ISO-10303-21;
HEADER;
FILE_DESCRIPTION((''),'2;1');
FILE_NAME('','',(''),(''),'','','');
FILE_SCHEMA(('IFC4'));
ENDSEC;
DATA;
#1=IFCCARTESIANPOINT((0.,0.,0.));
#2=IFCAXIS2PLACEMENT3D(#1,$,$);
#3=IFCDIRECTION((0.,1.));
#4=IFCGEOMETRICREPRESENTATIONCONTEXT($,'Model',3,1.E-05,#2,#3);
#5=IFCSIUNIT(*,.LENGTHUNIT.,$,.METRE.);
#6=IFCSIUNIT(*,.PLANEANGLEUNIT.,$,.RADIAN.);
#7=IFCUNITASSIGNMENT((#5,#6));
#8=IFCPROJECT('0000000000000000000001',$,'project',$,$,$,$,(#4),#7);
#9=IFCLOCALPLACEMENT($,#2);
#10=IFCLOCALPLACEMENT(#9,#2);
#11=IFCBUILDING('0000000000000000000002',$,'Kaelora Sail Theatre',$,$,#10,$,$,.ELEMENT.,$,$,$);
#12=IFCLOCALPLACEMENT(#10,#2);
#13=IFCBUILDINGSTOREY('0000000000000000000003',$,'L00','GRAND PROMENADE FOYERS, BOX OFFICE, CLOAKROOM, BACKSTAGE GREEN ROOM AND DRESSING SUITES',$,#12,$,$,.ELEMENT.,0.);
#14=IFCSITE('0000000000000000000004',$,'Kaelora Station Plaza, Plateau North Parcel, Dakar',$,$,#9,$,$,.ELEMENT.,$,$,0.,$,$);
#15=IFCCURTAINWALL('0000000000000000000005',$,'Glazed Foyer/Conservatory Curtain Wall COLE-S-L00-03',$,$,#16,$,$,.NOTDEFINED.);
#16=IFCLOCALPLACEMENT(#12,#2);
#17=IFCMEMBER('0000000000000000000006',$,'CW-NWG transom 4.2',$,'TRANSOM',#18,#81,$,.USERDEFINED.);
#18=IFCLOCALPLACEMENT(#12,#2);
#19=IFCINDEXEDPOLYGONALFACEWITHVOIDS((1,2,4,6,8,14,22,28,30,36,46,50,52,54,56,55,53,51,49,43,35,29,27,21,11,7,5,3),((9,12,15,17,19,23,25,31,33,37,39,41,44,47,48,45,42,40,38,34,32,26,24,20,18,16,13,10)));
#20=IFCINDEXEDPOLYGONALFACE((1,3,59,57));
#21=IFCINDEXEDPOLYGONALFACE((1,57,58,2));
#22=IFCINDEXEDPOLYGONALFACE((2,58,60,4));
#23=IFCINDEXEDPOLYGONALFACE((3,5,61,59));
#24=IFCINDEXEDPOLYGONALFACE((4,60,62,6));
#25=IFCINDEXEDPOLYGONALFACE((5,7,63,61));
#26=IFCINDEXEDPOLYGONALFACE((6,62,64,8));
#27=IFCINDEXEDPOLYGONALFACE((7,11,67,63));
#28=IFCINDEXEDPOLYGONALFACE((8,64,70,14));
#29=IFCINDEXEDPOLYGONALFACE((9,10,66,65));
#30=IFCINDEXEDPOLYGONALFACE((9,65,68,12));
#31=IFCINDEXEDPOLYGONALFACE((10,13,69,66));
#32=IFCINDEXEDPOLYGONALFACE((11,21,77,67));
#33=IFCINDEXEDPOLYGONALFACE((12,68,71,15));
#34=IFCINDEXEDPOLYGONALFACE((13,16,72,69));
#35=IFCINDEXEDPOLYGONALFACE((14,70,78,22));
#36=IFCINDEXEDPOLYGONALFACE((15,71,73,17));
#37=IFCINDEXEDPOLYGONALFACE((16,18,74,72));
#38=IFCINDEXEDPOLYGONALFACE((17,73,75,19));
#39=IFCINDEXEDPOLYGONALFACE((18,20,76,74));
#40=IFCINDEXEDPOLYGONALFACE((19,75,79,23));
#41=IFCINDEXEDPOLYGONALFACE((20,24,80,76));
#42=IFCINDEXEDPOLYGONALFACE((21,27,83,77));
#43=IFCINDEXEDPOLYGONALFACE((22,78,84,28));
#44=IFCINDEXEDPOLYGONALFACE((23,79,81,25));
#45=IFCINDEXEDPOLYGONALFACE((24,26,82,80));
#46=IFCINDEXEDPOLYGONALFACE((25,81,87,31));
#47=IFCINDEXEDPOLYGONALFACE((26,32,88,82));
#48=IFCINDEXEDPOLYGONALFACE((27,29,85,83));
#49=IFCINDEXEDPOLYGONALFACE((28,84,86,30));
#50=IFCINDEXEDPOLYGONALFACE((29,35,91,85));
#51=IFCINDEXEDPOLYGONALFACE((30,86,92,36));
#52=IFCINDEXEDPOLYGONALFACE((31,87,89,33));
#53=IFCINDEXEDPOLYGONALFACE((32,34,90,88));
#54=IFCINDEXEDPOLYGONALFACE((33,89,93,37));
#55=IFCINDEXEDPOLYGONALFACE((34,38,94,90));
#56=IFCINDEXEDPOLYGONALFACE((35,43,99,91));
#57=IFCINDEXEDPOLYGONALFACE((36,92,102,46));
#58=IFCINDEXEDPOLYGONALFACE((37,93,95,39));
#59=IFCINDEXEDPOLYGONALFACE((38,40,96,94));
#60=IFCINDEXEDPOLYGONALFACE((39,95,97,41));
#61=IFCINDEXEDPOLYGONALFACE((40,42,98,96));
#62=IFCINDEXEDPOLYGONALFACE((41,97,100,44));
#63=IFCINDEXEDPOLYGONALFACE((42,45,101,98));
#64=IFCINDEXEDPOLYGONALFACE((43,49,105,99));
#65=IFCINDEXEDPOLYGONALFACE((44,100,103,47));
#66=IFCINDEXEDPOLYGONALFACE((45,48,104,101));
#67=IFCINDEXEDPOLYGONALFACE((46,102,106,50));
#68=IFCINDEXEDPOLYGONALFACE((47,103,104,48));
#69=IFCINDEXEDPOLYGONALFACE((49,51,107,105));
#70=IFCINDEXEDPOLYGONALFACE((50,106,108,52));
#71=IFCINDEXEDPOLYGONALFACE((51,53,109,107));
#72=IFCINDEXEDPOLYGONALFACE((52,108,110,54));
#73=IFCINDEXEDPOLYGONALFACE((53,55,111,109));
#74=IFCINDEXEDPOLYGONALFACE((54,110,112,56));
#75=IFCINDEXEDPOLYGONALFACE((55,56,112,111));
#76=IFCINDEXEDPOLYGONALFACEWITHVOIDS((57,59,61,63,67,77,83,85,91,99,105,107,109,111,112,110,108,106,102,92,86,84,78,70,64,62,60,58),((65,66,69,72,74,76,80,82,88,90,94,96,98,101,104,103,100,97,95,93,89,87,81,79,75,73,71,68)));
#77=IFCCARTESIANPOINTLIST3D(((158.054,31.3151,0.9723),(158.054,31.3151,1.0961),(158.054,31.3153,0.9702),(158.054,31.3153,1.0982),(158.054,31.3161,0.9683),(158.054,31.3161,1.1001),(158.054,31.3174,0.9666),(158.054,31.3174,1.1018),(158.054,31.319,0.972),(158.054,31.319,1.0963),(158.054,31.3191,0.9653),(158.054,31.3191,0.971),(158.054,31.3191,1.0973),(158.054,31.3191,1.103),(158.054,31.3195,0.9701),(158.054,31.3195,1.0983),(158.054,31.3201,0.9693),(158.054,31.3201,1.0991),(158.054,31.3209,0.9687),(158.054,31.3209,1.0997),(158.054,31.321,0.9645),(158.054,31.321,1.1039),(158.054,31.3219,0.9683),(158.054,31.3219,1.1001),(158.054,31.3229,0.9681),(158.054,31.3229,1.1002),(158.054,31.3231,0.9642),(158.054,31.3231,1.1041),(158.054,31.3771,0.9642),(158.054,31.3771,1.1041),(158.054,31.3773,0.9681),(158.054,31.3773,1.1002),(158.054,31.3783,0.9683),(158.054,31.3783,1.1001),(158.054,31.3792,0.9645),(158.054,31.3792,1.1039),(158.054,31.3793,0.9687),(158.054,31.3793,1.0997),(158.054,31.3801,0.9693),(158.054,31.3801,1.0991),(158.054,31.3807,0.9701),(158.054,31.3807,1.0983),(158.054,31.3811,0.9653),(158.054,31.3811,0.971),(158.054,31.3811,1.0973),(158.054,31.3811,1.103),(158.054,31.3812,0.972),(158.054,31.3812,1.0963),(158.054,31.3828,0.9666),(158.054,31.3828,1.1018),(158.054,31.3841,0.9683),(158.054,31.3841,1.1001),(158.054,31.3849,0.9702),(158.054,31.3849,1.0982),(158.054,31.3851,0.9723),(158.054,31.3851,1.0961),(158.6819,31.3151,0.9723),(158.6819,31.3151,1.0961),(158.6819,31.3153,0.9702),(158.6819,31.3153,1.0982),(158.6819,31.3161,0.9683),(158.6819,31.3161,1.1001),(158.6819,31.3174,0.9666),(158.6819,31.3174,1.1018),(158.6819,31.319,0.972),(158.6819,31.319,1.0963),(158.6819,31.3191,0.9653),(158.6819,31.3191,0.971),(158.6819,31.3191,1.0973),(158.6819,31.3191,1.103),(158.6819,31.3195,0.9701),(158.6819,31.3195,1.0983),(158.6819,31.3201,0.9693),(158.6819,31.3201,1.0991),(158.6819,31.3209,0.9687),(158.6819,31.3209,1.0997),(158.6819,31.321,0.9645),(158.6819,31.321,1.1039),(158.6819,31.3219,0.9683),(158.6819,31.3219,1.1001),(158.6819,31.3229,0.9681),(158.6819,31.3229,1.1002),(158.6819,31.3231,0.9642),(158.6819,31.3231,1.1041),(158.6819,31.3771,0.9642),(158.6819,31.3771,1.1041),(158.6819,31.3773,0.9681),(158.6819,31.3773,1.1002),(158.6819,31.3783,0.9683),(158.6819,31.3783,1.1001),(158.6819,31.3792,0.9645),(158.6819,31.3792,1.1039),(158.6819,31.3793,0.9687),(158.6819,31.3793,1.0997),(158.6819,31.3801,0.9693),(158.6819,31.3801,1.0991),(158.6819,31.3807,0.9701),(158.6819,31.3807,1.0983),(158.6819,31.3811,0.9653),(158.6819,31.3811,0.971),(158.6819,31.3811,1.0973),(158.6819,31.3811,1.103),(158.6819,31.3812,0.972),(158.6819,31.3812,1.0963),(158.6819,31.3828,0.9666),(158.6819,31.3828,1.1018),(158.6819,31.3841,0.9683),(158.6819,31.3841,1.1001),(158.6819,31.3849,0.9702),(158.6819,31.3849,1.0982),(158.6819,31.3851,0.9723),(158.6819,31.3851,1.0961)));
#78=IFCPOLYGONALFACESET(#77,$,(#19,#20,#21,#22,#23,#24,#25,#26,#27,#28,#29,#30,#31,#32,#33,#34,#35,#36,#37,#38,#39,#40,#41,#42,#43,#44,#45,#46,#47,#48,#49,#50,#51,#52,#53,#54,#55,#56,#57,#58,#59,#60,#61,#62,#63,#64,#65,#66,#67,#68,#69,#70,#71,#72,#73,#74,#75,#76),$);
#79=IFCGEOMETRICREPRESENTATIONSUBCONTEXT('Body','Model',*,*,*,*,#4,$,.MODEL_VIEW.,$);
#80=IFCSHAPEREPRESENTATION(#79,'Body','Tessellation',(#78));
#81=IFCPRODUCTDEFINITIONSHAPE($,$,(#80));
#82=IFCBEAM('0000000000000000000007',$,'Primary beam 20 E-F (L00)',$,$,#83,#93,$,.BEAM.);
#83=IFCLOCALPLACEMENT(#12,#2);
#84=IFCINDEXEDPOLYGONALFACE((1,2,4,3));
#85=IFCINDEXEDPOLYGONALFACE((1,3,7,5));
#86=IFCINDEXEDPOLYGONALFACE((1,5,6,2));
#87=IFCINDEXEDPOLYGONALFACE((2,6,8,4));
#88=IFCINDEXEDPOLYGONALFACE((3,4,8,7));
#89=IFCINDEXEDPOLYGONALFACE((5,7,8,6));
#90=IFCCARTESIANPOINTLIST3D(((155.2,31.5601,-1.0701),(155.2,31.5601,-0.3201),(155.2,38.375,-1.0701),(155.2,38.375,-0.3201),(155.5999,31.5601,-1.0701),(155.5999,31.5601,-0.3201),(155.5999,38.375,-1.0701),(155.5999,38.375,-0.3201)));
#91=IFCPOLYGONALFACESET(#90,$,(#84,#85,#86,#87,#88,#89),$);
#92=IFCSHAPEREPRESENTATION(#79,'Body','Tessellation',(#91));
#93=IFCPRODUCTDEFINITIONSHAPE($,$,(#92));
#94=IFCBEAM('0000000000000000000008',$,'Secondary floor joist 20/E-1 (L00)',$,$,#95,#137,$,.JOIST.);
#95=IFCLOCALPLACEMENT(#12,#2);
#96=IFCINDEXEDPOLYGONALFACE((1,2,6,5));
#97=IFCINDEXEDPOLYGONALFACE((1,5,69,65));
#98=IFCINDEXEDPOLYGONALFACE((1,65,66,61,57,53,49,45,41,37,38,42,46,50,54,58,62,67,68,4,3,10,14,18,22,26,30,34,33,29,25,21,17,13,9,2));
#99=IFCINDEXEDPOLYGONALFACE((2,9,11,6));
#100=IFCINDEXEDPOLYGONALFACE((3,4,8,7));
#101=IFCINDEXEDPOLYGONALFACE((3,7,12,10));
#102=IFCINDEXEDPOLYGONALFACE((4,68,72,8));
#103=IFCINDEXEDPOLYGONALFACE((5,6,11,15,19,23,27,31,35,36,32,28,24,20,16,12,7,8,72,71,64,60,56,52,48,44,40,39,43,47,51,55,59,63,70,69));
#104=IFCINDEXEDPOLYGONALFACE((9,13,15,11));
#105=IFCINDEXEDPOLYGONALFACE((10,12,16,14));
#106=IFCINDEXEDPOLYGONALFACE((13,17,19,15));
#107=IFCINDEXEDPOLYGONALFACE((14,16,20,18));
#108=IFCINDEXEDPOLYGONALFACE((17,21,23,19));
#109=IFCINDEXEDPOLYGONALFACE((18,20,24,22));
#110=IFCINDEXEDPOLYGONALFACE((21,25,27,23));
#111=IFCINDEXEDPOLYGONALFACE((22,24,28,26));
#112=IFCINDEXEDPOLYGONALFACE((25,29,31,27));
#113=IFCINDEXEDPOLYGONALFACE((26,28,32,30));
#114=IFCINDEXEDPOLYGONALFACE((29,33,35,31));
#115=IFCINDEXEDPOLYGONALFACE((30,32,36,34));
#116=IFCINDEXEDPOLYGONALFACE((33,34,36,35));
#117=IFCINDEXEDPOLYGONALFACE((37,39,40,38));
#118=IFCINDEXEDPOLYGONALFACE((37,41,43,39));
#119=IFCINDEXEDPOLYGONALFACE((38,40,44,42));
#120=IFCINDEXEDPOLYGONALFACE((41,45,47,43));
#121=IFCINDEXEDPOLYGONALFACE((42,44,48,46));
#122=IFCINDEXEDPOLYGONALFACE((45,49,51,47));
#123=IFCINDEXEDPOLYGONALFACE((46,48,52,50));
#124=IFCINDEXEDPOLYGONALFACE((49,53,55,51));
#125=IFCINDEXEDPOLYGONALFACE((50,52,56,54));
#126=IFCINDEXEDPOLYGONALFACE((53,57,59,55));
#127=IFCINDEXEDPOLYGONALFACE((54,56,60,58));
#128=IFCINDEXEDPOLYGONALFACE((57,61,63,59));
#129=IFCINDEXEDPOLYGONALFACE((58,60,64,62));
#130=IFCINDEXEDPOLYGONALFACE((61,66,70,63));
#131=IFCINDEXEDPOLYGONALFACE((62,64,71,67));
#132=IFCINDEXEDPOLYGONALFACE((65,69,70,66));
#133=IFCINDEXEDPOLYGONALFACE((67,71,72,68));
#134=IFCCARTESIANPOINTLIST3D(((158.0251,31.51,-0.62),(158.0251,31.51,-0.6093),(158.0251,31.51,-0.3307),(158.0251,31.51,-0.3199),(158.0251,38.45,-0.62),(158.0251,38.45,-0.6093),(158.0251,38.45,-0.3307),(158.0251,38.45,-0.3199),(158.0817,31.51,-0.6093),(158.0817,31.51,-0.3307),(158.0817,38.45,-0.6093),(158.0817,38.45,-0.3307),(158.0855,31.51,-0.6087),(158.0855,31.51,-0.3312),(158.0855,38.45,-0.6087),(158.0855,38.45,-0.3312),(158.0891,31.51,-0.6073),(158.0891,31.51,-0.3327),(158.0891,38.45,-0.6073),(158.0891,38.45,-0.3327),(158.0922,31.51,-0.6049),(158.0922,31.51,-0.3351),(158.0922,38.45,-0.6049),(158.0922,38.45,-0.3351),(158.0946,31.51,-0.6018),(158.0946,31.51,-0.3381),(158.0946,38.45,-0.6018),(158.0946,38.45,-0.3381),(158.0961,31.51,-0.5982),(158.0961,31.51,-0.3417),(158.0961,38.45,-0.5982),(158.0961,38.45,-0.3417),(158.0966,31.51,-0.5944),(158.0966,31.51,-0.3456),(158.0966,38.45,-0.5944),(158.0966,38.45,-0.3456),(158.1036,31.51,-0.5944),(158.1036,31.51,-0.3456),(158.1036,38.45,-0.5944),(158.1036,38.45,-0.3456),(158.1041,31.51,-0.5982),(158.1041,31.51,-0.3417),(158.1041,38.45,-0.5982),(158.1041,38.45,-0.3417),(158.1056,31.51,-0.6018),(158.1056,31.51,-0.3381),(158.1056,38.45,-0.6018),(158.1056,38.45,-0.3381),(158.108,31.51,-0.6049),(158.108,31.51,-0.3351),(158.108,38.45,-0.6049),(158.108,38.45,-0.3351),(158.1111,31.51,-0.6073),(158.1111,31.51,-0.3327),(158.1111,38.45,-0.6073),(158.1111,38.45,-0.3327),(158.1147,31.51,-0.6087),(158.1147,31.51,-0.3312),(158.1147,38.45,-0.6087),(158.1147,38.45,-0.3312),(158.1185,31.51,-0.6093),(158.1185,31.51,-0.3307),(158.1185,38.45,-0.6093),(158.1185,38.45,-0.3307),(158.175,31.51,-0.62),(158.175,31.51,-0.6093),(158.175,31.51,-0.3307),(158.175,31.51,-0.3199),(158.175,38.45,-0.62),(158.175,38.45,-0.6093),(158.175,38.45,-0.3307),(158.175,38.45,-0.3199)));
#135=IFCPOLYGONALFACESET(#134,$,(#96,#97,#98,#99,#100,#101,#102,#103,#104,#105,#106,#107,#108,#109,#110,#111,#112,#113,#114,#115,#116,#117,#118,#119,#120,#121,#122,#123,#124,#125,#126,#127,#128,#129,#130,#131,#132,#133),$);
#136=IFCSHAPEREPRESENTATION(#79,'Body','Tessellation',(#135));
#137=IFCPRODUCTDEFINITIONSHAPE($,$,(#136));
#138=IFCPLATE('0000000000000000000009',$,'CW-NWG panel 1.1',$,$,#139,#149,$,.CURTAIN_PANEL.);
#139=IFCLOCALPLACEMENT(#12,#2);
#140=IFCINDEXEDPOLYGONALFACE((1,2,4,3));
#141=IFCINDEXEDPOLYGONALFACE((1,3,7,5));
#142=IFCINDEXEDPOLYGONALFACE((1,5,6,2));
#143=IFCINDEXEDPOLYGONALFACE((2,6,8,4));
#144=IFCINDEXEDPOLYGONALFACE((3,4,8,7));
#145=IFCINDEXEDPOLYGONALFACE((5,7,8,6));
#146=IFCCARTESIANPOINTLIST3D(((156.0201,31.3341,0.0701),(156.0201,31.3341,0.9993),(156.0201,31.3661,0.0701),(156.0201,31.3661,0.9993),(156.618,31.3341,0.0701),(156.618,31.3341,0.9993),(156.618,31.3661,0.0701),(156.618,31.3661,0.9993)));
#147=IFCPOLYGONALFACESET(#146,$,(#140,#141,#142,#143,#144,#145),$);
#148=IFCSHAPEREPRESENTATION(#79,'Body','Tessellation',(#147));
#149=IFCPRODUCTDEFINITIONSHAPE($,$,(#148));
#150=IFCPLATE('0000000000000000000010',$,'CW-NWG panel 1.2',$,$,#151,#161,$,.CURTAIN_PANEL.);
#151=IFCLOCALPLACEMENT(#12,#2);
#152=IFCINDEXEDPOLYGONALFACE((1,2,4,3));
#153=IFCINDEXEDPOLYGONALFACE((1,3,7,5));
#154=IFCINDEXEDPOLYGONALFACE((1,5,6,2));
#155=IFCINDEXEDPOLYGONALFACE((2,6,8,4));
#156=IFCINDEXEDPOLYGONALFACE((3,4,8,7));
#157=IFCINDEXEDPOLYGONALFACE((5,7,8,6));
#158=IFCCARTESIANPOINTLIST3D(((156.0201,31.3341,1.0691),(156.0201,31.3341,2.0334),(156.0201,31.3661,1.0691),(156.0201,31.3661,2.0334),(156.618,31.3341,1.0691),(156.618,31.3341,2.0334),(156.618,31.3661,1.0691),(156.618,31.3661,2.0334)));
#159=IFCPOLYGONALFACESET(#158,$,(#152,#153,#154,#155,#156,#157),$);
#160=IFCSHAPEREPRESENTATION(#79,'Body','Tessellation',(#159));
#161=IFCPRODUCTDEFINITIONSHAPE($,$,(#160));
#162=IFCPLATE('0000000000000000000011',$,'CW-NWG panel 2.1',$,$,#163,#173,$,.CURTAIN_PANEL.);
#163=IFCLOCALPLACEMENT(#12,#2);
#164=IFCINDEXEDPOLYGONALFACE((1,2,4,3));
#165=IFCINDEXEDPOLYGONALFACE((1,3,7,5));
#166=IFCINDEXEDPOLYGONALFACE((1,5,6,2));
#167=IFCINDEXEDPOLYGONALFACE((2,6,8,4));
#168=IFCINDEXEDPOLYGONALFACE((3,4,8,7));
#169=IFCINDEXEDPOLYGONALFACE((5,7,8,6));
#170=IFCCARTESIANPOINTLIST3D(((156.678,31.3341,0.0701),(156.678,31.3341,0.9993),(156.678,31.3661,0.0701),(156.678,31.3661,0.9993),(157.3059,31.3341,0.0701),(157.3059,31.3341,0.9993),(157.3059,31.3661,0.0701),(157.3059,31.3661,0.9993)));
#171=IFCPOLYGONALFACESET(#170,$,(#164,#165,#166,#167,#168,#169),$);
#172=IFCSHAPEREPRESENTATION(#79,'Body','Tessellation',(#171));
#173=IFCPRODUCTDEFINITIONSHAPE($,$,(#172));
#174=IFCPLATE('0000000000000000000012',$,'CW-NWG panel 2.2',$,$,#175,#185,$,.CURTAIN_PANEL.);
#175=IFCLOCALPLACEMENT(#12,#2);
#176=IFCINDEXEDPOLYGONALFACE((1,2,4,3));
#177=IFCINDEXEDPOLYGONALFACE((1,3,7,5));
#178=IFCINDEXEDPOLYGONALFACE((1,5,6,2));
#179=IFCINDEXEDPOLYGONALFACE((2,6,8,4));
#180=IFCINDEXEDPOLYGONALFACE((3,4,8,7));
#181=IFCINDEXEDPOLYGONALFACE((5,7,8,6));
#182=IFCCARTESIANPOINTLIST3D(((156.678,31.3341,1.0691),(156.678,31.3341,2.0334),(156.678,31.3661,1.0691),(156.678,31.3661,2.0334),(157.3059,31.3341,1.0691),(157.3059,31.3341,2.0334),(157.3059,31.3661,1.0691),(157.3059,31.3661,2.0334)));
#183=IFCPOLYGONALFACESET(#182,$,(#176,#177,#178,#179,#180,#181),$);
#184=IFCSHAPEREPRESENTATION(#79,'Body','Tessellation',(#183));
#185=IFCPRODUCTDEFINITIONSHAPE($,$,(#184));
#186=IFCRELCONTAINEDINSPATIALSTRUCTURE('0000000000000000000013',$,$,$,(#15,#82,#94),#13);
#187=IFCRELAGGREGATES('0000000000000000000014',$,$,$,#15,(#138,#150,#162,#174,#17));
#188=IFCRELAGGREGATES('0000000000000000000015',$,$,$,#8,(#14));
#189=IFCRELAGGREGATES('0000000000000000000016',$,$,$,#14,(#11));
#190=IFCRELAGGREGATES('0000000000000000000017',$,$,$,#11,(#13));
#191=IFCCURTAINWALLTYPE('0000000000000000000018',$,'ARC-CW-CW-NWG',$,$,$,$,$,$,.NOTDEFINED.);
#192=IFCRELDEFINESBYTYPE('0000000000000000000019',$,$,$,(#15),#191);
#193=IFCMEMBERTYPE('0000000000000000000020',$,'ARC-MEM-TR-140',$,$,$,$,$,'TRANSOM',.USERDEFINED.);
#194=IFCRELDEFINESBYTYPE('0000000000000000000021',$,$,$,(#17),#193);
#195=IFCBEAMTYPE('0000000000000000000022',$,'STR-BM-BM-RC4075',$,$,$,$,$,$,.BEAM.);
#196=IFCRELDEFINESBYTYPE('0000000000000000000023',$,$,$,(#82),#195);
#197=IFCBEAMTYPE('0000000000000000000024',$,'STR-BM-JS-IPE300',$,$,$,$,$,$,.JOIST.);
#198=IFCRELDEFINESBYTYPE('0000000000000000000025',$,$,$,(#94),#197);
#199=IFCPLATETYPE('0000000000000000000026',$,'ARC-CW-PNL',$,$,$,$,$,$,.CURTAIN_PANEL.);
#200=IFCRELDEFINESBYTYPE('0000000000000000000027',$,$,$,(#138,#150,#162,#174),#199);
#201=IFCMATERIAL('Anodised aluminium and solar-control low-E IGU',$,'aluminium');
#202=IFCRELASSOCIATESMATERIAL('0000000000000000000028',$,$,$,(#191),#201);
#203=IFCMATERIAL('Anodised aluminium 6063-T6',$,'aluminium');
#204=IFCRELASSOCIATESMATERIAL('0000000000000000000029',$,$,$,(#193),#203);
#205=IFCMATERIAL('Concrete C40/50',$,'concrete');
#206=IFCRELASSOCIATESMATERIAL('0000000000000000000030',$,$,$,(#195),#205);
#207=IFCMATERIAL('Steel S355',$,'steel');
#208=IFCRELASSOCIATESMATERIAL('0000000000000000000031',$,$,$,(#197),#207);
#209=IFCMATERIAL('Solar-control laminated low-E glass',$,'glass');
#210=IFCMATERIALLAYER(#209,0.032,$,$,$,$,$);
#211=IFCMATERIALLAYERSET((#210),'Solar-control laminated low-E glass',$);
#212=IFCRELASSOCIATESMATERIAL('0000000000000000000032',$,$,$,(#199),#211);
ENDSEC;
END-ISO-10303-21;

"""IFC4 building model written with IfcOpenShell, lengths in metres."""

from ifc_helpers import new_model, si_unit, direction, frame, origin, origin_2d, place, context, subcontext, project, spatial, rectangle, hollow_rectangle, i_section, extrude, material, layer, layer_set, material_profile, profile_set, type_object, element, aggregate, save


model = new_model("IFC4")

# Units and contexts
model_context = context("Model", 3, precision=1e-05, world=origin(), true_north=direction((0.0, 1.0)))
body_context = subcontext(model_context, "Body", "Model", "MODEL_VIEW")
ifc_project = project(units=[si_unit("LENGTHUNIT", "METRE"), si_unit("PLANEANGLEUNIT", "RADIAN")], contexts=[model_context])

# Site, building, storey
site_placement = place(None, origin())
site = spatial("IfcSite", under=ifc_project, at=site_placement, Name="Kaelora Station Plaza, Plateau North Parcel, Dakar", CompositionType="ELEMENT", RefElevation=0.0)
building_placement = place(site_placement, origin())
building = spatial("IfcBuilding", under=site, at=building_placement, Name="Kaelora Sail Theatre", CompositionType="ELEMENT")
storey_placement = place(building_placement, origin())
storey = spatial("IfcBuildingStorey", under=building, at=storey_placement, Name="L00", Description="GRAND PROMENADE FOYERS, BOX OFFICE, CLOAKROOM, BACKSTAGE GREEN ROOM AND DRESSING SUITES", CompositionType="ELEMENT", Elevation=0.0)

# Shared definitions
ifc_material_1 = material(Name="Anodised aluminium and solar-control low-E IGU", Category="aluminium")
curtain_wall_type = type_object("IfcCurtainWallType", Name="ARC-CW-CW-NWG", PredefinedType="NOTDEFINED", material=ifc_material_1)

# Curtain wall, member
curtain_wall_1_placement = place(storey_placement, origin())
curtain_wall_1 = element("IfcCurtainWall", 1, at=curtain_wall_1_placement, inside=storey, type_object=curtain_wall_type, Name="Glazed Foyer/Conservatory Curtain Wall COLE-S-L00-03", PredefinedType="NOTDEFINED")
ifc_material_2 = material(Name="Anodised aluminium 6063-T6", Category="aluminium")
ifc_material_profile_1 = material_profile(ifc_material_2, hollow_rectangle(XDim=0.0701, YDim=0.1399, WallThickness=0.0039, InnerFilletRadius=0.0039, OuterFilletRadius=0.0081, at=origin_2d()), Name="ALU-TRAN 70x140x4")
ifc_profile_set_1 = profile_set([ifc_material_profile_1], Name="Anodised aluminium 6063-T6")
member_type_1 = type_object("IfcMemberType", Name="ARC-MEM-TR-140", ElementType="TRANSOM", PredefinedType="USERDEFINED", material=ifc_profile_set_1)
member_1_placement = place(storey_placement, frame((158.054, 31.3501, 1.0342), z_axis=(1.0, 0.0, 0.0), x_axis=(0.0, 1.0, 0.0)))
member_1 = element("IfcMember", 2, at=member_1_placement, type_object=member_type_1, Name="CW-NWG transom 4.2", ObjectType="TRANSOM", PredefinedType="USERDEFINED", context=body_context, shape_type="SweptSolid", body=[
    extrude(hollow_rectangle(XDim=0.0701, YDim=0.1399, WallThickness=0.0039, InnerFilletRadius=0.0039, OuterFilletRadius=0.0081, at=origin_2d()), origin(), (0.0, 0.0, 1.0), 0.6279),
])

# Beams
ifc_material_3 = material(Name="Concrete C40/50", Category="concrete")
ifc_material_profile_2 = material_profile(ifc_material_3, rectangle(XDim=0.3999, YDim=0.75, at=origin_2d()), Name="RC-BM 400x750")
ifc_profile_set_2 = profile_set([ifc_material_profile_2], Name="Concrete C40/50")
beam_type_1 = type_object("IfcBeamType", Name="STR-BM-BM-RC4075", PredefinedType="BEAM", material=ifc_profile_set_2)
beam_1_placement = place(storey_placement, frame((155.3999, 31.5601, -0.6951), z_axis=(0.0, 1.0, 0.0), x_axis=(-1.0, 0.0, 0.0)))
element("IfcBeam", 3, at=beam_1_placement, inside=storey, type_object=beam_type_1, Name="Primary beam 20 E-F (L00)", PredefinedType="BEAM", context=body_context, shape_type="SweptSolid", body=[
    extrude(rectangle(XDim=0.3999, YDim=0.75, at=origin_2d()), origin(), (0.0, 0.0, 1.0), 6.8149),
])
ifc_material_4 = material(Name="Steel S355", Category="steel")
ifc_material_profile_3 = material_profile(ifc_material_4, i_section(OverallWidth=0.1499, OverallDepth=0.3, WebThickness=0.0071, FlangeThickness=0.0107, FilletRadius=0.0149, at=origin_2d()), Name="IPE 300")
ifc_profile_set_3 = profile_set([ifc_material_profile_3], Name="Steel S355")
beam_type_2 = type_object("IfcBeamType", Name="STR-BM-JS-IPE300", PredefinedType="JOIST", material=ifc_profile_set_3)
beam_2_placement = place(storey_placement, frame((158.1001, 31.51, -0.47), z_axis=(0.0, 1.0, 0.0), x_axis=(-1.0, 0.0, 0.0)))
element("IfcBeam", 4, at=beam_2_placement, inside=storey, type_object=beam_type_2, Name="Secondary floor joist 20/E-1 (L00)", PredefinedType="JOIST", context=body_context, shape_type="SweptSolid", body=[
    extrude(i_section(OverallWidth=0.1499, OverallDepth=0.3, WebThickness=0.0071, FlangeThickness=0.0107, FilletRadius=0.0149, at=origin_2d()), origin(), (0.0, 0.0, 1.0), 6.9399),
])

# Plates
ifc_material_5 = material(Name="Solar-control laminated low-E glass", Category="glass")
ifc_layer = layer(ifc_material_5, 0.032)
ifc_layer_set = layer_set([ifc_layer], Name="Solar-control laminated low-E glass")
plate_type = type_object("IfcPlateType", Name="ARC-CW-PNL", PredefinedType="CURTAIN_PANEL", material=ifc_layer_set)
plate_1_placement = place(storey_placement, frame((156.3191, 31.3501, 0.0701), z_axis=(0.0, 0.0, 1.0), x_axis=(1.0, 0.0, 0.0)))
plate_1 = element("IfcPlate", 5, at=plate_1_placement, type_object=plate_type, Name="CW-NWG panel 1.1", PredefinedType="CURTAIN_PANEL", context=body_context, shape_type="SweptSolid", body=[
    extrude(rectangle(XDim=0.5979, YDim=0.032, at=origin_2d()), origin(), (0.0, 0.0, 1.0), 0.9292),
])
plate_2_placement = place(storey_placement, frame((156.3191, 31.3501, 1.0691), z_axis=(0.0, 0.0, 1.0), x_axis=(1.0, 0.0, 0.0)))
plate_2 = element("IfcPlate", 6, at=plate_2_placement, type_object=plate_type, Name="CW-NWG panel 1.2", PredefinedType="CURTAIN_PANEL", context=body_context, shape_type="SweptSolid", body=[
    extrude(rectangle(XDim=0.5979, YDim=0.032, at=origin_2d()), origin(), (0.0, 0.0, 1.0), 0.9644),
])
plate_3_placement = place(storey_placement, frame((156.9919, 31.3501, 0.0701), z_axis=(0.0, 0.0, 1.0), x_axis=(1.0, 0.0, 0.0)))
plate_3 = element("IfcPlate", 7, at=plate_3_placement, type_object=plate_type, Name="CW-NWG panel 2.1", PredefinedType="CURTAIN_PANEL", context=body_context, shape_type="SweptSolid", body=[
    extrude(rectangle(XDim=0.6279, YDim=0.032, at=origin_2d()), origin(), (0.0, 0.0, 1.0), 0.9292),
])
plate_4_placement = place(storey_placement, frame((156.9919, 31.3501, 1.0691), z_axis=(0.0, 0.0, 1.0), x_axis=(1.0, 0.0, 0.0)))
plate_4 = element("IfcPlate", 8, at=plate_4_placement, type_object=plate_type, Name="CW-NWG panel 2.2", PredefinedType="CURTAIN_PANEL", context=body_context, shape_type="SweptSolid", body=[
    extrude(rectangle(XDim=0.6279, YDim=0.032, at=origin_2d()), origin(), (0.0, 0.0, 1.0), 0.9644),
])
aggregate(curtain_wall_1, [plate_1, plate_2, plate_3, plate_4, member_1])

save(model, "model.ifc")
